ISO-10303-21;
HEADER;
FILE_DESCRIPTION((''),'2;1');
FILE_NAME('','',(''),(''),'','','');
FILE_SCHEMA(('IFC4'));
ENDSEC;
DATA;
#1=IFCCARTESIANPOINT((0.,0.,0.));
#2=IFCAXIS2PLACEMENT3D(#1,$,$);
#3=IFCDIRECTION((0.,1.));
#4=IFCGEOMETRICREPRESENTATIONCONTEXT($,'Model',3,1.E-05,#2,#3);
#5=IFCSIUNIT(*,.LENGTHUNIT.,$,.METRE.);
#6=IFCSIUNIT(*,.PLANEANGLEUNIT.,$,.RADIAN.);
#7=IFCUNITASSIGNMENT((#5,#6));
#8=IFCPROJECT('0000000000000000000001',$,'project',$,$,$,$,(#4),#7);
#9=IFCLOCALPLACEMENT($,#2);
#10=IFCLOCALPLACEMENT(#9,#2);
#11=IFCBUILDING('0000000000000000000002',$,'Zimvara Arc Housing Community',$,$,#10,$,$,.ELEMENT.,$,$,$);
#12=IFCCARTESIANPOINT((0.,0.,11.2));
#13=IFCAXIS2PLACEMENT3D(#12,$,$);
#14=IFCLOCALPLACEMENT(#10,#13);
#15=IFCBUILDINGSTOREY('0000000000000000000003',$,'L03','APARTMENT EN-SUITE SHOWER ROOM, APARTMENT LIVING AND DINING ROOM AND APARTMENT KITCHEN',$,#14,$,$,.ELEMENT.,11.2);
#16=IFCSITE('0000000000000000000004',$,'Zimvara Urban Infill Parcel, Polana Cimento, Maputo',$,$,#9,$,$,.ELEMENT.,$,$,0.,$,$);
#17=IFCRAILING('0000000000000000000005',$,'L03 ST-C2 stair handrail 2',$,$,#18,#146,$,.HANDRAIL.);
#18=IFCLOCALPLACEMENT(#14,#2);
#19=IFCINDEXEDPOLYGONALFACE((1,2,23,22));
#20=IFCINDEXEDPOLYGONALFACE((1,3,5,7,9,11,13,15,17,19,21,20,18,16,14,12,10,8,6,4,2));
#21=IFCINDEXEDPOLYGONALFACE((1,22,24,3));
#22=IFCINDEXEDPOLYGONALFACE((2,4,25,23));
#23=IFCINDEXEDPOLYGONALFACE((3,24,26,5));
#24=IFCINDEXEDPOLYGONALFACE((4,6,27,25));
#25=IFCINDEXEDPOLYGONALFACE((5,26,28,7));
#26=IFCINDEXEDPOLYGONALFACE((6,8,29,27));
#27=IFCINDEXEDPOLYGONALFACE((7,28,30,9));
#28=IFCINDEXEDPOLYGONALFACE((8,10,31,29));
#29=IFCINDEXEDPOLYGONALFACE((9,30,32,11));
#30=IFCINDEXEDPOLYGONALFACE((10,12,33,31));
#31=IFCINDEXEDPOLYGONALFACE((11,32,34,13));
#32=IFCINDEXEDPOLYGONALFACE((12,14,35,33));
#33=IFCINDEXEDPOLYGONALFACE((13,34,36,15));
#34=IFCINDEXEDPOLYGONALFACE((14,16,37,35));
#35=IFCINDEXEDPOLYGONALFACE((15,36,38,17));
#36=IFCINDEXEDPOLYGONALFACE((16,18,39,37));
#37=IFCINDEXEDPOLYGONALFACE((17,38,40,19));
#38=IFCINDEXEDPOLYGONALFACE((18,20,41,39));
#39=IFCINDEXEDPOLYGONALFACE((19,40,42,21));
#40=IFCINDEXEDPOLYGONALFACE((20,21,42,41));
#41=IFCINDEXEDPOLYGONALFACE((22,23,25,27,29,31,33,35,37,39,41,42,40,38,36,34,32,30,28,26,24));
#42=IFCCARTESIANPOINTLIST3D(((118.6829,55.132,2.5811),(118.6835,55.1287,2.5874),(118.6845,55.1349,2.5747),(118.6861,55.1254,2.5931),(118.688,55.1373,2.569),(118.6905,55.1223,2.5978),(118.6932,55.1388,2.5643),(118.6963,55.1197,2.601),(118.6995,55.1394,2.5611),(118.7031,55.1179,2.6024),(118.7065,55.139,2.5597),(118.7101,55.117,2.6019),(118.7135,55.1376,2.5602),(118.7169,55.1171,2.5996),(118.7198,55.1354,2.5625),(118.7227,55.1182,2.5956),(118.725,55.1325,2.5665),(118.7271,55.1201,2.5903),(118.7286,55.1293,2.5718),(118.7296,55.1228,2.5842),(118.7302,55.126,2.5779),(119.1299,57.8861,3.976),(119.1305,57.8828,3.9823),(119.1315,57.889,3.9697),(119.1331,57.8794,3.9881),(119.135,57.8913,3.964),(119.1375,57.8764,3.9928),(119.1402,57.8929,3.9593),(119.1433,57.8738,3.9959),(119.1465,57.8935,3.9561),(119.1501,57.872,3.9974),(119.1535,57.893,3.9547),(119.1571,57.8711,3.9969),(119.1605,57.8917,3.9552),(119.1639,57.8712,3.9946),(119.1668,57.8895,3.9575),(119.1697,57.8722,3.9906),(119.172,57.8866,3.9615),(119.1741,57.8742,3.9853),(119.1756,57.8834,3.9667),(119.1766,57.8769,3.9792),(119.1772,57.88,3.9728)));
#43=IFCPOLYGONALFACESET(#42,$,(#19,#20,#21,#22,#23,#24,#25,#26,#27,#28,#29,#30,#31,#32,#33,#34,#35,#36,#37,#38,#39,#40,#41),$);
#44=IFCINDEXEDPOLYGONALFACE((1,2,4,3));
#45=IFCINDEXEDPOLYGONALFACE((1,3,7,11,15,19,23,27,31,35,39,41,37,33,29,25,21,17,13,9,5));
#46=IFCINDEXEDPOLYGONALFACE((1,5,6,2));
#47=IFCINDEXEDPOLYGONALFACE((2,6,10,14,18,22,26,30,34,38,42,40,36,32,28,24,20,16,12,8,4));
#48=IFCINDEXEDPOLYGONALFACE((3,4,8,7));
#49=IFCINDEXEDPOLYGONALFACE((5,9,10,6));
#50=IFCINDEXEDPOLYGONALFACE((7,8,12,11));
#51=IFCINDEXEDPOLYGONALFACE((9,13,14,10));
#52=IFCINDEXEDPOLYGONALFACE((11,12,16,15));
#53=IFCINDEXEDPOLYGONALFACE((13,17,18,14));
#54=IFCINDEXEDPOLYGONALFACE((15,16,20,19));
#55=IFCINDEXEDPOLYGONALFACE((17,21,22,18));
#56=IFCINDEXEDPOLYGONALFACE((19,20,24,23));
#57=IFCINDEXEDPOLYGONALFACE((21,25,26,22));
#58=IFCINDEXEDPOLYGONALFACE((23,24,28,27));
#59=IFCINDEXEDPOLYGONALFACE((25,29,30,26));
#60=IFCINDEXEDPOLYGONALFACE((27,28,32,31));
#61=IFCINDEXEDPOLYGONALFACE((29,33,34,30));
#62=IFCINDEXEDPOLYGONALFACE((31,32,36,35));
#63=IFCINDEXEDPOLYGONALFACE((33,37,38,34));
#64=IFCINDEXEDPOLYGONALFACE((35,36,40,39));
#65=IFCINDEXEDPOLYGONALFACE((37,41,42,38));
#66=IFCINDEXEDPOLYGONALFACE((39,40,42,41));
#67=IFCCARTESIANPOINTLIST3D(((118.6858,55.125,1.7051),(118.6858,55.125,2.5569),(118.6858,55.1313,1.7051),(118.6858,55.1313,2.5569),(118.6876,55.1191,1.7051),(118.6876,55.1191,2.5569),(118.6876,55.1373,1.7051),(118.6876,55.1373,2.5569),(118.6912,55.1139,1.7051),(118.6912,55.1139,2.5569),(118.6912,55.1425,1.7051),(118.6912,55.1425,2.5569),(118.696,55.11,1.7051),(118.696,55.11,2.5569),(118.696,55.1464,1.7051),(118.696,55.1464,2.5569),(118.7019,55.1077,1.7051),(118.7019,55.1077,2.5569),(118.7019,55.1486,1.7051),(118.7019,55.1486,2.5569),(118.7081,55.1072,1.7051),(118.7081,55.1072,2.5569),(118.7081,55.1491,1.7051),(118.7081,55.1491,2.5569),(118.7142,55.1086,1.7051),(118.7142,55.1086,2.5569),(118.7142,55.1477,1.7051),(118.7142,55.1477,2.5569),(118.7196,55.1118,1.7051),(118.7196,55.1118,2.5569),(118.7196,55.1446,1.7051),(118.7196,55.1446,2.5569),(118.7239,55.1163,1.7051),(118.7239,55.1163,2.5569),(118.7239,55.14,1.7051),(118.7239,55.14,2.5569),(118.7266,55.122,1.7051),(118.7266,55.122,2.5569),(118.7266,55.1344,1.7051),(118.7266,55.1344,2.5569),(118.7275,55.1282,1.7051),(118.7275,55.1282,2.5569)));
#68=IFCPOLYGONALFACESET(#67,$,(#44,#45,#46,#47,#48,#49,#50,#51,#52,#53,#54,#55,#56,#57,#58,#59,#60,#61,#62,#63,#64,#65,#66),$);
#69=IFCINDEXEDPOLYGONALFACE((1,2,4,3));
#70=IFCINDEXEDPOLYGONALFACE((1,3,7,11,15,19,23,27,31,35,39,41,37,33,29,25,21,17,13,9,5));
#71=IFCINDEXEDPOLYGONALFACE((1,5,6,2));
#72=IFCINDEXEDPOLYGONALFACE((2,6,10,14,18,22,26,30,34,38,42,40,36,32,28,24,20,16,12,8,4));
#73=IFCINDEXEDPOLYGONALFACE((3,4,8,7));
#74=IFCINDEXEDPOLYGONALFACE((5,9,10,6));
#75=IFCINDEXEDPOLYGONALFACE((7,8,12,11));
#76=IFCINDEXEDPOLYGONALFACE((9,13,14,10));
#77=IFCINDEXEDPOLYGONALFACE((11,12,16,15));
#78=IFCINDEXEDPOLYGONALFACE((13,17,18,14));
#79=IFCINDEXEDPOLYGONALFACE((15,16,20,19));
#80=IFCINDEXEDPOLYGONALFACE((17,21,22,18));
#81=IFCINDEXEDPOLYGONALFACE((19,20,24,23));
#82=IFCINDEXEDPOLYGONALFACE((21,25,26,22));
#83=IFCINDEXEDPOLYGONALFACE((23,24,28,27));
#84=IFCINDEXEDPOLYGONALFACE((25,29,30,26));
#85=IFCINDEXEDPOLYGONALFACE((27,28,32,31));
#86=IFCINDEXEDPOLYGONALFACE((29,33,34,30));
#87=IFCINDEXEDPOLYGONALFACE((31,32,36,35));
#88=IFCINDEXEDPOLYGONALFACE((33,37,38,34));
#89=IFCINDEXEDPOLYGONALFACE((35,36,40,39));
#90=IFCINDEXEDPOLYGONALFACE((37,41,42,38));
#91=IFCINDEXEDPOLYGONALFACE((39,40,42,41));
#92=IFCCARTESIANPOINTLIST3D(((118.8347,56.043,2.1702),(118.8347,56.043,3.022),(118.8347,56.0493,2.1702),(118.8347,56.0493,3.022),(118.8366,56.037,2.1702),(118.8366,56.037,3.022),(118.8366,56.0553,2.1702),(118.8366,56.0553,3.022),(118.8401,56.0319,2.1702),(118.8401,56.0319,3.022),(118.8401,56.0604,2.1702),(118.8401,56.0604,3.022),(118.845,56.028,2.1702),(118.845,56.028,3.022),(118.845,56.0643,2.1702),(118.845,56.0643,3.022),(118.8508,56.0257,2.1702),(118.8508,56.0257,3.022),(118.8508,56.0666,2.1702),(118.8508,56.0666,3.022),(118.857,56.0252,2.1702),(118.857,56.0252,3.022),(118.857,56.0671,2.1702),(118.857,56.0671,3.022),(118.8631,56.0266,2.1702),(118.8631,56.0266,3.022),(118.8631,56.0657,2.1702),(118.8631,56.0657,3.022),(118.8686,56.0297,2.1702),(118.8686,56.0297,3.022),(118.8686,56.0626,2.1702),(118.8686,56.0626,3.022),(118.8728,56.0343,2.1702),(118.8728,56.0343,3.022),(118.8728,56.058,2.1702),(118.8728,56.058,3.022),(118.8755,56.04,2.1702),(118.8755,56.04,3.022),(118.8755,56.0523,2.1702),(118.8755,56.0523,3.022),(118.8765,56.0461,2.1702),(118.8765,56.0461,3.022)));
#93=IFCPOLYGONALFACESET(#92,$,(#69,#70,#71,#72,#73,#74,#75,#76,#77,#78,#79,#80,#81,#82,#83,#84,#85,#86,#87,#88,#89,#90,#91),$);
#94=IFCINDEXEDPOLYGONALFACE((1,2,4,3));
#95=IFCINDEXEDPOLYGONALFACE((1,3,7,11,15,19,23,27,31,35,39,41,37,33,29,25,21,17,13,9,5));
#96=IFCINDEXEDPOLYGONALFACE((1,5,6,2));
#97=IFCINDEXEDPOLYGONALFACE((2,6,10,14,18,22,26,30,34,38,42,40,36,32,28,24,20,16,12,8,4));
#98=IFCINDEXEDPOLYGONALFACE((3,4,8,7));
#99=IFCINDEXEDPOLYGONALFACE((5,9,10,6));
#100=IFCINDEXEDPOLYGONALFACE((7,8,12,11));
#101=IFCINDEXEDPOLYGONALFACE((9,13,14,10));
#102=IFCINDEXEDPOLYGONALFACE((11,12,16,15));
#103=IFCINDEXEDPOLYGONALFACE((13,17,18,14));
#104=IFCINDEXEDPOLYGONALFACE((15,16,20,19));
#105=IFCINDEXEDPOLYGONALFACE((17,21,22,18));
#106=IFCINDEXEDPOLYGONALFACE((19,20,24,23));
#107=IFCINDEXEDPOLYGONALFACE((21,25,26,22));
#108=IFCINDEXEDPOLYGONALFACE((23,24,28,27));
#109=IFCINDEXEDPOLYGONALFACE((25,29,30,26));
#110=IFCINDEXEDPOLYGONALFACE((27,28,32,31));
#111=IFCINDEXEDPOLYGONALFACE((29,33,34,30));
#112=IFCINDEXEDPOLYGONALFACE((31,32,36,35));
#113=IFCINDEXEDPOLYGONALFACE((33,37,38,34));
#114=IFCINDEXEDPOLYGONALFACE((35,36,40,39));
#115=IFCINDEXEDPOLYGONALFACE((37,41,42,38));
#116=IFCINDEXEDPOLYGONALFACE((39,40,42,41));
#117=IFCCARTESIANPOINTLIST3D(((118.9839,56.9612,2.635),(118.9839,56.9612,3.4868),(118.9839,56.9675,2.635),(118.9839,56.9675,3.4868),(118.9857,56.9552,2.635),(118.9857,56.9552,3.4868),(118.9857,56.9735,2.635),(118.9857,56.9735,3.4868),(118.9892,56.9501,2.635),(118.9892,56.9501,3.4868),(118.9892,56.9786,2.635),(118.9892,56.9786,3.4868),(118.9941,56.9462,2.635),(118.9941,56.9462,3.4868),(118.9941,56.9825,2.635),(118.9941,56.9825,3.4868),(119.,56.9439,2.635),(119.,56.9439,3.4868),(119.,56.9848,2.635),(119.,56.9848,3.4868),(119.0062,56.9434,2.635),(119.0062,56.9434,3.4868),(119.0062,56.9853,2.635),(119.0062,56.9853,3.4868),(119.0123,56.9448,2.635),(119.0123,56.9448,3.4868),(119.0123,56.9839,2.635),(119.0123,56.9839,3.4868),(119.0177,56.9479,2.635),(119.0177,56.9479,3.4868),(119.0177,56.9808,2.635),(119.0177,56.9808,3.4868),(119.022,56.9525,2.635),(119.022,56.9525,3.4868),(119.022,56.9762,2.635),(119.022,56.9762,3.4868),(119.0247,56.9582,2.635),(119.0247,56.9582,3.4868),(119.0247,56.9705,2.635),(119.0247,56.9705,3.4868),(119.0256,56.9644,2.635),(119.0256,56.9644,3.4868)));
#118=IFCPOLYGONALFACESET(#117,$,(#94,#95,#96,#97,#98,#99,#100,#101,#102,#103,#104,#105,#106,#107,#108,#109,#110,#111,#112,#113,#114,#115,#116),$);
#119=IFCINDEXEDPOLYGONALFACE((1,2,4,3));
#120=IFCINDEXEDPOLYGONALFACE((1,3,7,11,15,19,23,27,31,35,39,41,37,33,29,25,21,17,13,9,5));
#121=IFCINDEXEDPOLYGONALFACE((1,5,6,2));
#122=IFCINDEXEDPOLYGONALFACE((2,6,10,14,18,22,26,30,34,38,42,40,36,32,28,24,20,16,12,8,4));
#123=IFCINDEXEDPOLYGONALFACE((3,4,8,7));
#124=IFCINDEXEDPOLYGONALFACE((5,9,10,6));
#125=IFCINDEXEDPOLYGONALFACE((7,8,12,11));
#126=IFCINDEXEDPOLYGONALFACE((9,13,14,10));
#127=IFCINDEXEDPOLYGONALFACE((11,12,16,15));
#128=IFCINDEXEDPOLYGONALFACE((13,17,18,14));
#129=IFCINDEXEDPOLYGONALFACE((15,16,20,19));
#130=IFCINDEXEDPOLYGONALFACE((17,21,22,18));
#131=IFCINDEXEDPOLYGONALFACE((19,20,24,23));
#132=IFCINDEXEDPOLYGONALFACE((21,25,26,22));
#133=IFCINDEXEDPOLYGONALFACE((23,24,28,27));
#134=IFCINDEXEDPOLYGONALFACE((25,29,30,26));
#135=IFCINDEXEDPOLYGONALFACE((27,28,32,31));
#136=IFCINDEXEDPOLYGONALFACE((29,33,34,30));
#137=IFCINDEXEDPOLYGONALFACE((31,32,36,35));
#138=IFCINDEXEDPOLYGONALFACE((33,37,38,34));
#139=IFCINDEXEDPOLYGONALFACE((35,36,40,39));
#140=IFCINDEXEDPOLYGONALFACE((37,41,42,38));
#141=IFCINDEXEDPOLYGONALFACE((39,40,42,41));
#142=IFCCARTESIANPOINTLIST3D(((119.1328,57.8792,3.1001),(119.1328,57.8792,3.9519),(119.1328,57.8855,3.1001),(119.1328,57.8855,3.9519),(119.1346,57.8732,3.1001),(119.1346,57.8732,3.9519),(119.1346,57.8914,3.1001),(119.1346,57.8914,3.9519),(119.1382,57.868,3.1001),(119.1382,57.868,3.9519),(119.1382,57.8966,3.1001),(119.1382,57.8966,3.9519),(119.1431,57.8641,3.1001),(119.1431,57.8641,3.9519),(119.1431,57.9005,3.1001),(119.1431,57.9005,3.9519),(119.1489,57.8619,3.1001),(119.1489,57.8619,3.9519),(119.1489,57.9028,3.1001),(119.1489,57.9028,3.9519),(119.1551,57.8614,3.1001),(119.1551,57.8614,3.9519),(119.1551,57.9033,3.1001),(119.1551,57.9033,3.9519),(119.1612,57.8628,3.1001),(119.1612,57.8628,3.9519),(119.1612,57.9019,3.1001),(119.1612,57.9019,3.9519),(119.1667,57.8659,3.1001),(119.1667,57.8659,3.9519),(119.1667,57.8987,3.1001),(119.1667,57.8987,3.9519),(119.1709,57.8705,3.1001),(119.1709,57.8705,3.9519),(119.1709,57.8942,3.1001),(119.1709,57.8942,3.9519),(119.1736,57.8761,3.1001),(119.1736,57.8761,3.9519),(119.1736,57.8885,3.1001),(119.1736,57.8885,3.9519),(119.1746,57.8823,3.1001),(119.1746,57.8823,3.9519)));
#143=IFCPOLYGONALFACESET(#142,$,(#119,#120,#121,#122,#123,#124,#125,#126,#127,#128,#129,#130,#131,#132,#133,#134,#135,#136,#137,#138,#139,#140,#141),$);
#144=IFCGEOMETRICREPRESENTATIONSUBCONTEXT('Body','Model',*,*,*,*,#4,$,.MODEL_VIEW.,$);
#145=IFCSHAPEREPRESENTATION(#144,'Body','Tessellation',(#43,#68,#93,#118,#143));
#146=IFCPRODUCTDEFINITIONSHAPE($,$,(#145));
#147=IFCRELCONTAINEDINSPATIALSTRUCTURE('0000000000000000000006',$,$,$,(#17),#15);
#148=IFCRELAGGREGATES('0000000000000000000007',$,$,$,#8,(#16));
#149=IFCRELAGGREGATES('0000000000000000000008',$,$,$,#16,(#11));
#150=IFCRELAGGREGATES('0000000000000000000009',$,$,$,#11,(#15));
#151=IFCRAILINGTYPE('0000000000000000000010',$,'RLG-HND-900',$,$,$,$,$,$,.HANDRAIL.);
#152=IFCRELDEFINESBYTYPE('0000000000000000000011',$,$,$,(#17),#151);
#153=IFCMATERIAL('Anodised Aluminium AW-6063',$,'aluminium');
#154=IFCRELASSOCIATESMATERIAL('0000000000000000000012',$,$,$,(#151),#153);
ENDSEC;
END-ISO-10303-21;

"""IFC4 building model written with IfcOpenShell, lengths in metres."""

from ifc_helpers import new_model, si_unit, direction, frame, origin, origin_2d, place, context, subcontext, project, spatial, circle, extrude, material, type_object, element, save


model = new_model("IFC4")

# Units and contexts
model_context = context("Model", 3, precision=1e-05, world=origin(), true_north=direction((0.0, 1.0)))
body_context = subcontext(model_context, "Body", "Model", "MODEL_VIEW")
ifc_project = project(units=[si_unit("LENGTHUNIT", "METRE"), si_unit("PLANEANGLEUNIT", "RADIAN")], contexts=[model_context])

# Site, building, storey
site_placement = place(None, origin())
site = spatial("IfcSite", under=ifc_project, at=site_placement, Name="Zimvara Urban Infill Parcel, Polana Cimento, Maputo", CompositionType="ELEMENT", RefElevation=0.0)
building_placement = place(site_placement, origin())
building = spatial("IfcBuilding", under=site, at=building_placement, Name="Zimvara Arc Housing Community", CompositionType="ELEMENT")
storey_placement = place(building_placement, frame((0.0, 0.0, 11.2)))
storey = spatial("IfcBuildingStorey", under=building, at=storey_placement, Name="L03", Description="APARTMENT EN-SUITE SHOWER ROOM, APARTMENT LIVING AND DINING ROOM AND APARTMENT KITCHEN", CompositionType="ELEMENT", Elevation=11.2)

# Railing
ifc_material_1 = material(Name="Anodised Aluminium AW-6063", Category="aluminium")
railing_type_1 = type_object("IfcRailingType", Name="RLG-HND-900", PredefinedType="HANDRAIL", material=ifc_material_1)
railing_1_placement = place(storey_placement, frame((118.7065, 55.1282, 1.7051)))
element("IfcRailing", 1, at=railing_1_placement, inside=storey, type_object=railing_type_1, Name="L03 ST-C2 stair handrail 2", PredefinedType="HANDRAIL", context=body_context, shape_type="SweptSolid", body=[
    extrude(circle(Radius=0.0239, at=origin_2d()), frame((0.0, 0.0, 0.876), z_axis=(0.143299, 0.882883, 0.447194), x_axis=(-0.987083, 0.160212, 0.0)), (0.0, 0.0, 1.0), 3.1194),
    extrude(circle(Radius=0.021, at=origin_2d()), origin(), (0.0, 0.0, 1.0), 0.8518),
    extrude(circle(Radius=0.021, at=origin_2d()), frame((0.1489, 0.918, 0.4651)), (0.0, 0.0, 1.0), 0.8518),
    extrude(circle(Radius=0.021, at=origin_2d()), frame((0.2981, 1.8362, 0.9299)), (0.0, 0.0, 1.0), 0.8518),
    extrude(circle(Radius=0.021, at=origin_2d()), frame((0.447, 2.7542, 1.395)), (0.0, 0.0, 1.0), 0.8518),
])

save(model, "model.ifc")
